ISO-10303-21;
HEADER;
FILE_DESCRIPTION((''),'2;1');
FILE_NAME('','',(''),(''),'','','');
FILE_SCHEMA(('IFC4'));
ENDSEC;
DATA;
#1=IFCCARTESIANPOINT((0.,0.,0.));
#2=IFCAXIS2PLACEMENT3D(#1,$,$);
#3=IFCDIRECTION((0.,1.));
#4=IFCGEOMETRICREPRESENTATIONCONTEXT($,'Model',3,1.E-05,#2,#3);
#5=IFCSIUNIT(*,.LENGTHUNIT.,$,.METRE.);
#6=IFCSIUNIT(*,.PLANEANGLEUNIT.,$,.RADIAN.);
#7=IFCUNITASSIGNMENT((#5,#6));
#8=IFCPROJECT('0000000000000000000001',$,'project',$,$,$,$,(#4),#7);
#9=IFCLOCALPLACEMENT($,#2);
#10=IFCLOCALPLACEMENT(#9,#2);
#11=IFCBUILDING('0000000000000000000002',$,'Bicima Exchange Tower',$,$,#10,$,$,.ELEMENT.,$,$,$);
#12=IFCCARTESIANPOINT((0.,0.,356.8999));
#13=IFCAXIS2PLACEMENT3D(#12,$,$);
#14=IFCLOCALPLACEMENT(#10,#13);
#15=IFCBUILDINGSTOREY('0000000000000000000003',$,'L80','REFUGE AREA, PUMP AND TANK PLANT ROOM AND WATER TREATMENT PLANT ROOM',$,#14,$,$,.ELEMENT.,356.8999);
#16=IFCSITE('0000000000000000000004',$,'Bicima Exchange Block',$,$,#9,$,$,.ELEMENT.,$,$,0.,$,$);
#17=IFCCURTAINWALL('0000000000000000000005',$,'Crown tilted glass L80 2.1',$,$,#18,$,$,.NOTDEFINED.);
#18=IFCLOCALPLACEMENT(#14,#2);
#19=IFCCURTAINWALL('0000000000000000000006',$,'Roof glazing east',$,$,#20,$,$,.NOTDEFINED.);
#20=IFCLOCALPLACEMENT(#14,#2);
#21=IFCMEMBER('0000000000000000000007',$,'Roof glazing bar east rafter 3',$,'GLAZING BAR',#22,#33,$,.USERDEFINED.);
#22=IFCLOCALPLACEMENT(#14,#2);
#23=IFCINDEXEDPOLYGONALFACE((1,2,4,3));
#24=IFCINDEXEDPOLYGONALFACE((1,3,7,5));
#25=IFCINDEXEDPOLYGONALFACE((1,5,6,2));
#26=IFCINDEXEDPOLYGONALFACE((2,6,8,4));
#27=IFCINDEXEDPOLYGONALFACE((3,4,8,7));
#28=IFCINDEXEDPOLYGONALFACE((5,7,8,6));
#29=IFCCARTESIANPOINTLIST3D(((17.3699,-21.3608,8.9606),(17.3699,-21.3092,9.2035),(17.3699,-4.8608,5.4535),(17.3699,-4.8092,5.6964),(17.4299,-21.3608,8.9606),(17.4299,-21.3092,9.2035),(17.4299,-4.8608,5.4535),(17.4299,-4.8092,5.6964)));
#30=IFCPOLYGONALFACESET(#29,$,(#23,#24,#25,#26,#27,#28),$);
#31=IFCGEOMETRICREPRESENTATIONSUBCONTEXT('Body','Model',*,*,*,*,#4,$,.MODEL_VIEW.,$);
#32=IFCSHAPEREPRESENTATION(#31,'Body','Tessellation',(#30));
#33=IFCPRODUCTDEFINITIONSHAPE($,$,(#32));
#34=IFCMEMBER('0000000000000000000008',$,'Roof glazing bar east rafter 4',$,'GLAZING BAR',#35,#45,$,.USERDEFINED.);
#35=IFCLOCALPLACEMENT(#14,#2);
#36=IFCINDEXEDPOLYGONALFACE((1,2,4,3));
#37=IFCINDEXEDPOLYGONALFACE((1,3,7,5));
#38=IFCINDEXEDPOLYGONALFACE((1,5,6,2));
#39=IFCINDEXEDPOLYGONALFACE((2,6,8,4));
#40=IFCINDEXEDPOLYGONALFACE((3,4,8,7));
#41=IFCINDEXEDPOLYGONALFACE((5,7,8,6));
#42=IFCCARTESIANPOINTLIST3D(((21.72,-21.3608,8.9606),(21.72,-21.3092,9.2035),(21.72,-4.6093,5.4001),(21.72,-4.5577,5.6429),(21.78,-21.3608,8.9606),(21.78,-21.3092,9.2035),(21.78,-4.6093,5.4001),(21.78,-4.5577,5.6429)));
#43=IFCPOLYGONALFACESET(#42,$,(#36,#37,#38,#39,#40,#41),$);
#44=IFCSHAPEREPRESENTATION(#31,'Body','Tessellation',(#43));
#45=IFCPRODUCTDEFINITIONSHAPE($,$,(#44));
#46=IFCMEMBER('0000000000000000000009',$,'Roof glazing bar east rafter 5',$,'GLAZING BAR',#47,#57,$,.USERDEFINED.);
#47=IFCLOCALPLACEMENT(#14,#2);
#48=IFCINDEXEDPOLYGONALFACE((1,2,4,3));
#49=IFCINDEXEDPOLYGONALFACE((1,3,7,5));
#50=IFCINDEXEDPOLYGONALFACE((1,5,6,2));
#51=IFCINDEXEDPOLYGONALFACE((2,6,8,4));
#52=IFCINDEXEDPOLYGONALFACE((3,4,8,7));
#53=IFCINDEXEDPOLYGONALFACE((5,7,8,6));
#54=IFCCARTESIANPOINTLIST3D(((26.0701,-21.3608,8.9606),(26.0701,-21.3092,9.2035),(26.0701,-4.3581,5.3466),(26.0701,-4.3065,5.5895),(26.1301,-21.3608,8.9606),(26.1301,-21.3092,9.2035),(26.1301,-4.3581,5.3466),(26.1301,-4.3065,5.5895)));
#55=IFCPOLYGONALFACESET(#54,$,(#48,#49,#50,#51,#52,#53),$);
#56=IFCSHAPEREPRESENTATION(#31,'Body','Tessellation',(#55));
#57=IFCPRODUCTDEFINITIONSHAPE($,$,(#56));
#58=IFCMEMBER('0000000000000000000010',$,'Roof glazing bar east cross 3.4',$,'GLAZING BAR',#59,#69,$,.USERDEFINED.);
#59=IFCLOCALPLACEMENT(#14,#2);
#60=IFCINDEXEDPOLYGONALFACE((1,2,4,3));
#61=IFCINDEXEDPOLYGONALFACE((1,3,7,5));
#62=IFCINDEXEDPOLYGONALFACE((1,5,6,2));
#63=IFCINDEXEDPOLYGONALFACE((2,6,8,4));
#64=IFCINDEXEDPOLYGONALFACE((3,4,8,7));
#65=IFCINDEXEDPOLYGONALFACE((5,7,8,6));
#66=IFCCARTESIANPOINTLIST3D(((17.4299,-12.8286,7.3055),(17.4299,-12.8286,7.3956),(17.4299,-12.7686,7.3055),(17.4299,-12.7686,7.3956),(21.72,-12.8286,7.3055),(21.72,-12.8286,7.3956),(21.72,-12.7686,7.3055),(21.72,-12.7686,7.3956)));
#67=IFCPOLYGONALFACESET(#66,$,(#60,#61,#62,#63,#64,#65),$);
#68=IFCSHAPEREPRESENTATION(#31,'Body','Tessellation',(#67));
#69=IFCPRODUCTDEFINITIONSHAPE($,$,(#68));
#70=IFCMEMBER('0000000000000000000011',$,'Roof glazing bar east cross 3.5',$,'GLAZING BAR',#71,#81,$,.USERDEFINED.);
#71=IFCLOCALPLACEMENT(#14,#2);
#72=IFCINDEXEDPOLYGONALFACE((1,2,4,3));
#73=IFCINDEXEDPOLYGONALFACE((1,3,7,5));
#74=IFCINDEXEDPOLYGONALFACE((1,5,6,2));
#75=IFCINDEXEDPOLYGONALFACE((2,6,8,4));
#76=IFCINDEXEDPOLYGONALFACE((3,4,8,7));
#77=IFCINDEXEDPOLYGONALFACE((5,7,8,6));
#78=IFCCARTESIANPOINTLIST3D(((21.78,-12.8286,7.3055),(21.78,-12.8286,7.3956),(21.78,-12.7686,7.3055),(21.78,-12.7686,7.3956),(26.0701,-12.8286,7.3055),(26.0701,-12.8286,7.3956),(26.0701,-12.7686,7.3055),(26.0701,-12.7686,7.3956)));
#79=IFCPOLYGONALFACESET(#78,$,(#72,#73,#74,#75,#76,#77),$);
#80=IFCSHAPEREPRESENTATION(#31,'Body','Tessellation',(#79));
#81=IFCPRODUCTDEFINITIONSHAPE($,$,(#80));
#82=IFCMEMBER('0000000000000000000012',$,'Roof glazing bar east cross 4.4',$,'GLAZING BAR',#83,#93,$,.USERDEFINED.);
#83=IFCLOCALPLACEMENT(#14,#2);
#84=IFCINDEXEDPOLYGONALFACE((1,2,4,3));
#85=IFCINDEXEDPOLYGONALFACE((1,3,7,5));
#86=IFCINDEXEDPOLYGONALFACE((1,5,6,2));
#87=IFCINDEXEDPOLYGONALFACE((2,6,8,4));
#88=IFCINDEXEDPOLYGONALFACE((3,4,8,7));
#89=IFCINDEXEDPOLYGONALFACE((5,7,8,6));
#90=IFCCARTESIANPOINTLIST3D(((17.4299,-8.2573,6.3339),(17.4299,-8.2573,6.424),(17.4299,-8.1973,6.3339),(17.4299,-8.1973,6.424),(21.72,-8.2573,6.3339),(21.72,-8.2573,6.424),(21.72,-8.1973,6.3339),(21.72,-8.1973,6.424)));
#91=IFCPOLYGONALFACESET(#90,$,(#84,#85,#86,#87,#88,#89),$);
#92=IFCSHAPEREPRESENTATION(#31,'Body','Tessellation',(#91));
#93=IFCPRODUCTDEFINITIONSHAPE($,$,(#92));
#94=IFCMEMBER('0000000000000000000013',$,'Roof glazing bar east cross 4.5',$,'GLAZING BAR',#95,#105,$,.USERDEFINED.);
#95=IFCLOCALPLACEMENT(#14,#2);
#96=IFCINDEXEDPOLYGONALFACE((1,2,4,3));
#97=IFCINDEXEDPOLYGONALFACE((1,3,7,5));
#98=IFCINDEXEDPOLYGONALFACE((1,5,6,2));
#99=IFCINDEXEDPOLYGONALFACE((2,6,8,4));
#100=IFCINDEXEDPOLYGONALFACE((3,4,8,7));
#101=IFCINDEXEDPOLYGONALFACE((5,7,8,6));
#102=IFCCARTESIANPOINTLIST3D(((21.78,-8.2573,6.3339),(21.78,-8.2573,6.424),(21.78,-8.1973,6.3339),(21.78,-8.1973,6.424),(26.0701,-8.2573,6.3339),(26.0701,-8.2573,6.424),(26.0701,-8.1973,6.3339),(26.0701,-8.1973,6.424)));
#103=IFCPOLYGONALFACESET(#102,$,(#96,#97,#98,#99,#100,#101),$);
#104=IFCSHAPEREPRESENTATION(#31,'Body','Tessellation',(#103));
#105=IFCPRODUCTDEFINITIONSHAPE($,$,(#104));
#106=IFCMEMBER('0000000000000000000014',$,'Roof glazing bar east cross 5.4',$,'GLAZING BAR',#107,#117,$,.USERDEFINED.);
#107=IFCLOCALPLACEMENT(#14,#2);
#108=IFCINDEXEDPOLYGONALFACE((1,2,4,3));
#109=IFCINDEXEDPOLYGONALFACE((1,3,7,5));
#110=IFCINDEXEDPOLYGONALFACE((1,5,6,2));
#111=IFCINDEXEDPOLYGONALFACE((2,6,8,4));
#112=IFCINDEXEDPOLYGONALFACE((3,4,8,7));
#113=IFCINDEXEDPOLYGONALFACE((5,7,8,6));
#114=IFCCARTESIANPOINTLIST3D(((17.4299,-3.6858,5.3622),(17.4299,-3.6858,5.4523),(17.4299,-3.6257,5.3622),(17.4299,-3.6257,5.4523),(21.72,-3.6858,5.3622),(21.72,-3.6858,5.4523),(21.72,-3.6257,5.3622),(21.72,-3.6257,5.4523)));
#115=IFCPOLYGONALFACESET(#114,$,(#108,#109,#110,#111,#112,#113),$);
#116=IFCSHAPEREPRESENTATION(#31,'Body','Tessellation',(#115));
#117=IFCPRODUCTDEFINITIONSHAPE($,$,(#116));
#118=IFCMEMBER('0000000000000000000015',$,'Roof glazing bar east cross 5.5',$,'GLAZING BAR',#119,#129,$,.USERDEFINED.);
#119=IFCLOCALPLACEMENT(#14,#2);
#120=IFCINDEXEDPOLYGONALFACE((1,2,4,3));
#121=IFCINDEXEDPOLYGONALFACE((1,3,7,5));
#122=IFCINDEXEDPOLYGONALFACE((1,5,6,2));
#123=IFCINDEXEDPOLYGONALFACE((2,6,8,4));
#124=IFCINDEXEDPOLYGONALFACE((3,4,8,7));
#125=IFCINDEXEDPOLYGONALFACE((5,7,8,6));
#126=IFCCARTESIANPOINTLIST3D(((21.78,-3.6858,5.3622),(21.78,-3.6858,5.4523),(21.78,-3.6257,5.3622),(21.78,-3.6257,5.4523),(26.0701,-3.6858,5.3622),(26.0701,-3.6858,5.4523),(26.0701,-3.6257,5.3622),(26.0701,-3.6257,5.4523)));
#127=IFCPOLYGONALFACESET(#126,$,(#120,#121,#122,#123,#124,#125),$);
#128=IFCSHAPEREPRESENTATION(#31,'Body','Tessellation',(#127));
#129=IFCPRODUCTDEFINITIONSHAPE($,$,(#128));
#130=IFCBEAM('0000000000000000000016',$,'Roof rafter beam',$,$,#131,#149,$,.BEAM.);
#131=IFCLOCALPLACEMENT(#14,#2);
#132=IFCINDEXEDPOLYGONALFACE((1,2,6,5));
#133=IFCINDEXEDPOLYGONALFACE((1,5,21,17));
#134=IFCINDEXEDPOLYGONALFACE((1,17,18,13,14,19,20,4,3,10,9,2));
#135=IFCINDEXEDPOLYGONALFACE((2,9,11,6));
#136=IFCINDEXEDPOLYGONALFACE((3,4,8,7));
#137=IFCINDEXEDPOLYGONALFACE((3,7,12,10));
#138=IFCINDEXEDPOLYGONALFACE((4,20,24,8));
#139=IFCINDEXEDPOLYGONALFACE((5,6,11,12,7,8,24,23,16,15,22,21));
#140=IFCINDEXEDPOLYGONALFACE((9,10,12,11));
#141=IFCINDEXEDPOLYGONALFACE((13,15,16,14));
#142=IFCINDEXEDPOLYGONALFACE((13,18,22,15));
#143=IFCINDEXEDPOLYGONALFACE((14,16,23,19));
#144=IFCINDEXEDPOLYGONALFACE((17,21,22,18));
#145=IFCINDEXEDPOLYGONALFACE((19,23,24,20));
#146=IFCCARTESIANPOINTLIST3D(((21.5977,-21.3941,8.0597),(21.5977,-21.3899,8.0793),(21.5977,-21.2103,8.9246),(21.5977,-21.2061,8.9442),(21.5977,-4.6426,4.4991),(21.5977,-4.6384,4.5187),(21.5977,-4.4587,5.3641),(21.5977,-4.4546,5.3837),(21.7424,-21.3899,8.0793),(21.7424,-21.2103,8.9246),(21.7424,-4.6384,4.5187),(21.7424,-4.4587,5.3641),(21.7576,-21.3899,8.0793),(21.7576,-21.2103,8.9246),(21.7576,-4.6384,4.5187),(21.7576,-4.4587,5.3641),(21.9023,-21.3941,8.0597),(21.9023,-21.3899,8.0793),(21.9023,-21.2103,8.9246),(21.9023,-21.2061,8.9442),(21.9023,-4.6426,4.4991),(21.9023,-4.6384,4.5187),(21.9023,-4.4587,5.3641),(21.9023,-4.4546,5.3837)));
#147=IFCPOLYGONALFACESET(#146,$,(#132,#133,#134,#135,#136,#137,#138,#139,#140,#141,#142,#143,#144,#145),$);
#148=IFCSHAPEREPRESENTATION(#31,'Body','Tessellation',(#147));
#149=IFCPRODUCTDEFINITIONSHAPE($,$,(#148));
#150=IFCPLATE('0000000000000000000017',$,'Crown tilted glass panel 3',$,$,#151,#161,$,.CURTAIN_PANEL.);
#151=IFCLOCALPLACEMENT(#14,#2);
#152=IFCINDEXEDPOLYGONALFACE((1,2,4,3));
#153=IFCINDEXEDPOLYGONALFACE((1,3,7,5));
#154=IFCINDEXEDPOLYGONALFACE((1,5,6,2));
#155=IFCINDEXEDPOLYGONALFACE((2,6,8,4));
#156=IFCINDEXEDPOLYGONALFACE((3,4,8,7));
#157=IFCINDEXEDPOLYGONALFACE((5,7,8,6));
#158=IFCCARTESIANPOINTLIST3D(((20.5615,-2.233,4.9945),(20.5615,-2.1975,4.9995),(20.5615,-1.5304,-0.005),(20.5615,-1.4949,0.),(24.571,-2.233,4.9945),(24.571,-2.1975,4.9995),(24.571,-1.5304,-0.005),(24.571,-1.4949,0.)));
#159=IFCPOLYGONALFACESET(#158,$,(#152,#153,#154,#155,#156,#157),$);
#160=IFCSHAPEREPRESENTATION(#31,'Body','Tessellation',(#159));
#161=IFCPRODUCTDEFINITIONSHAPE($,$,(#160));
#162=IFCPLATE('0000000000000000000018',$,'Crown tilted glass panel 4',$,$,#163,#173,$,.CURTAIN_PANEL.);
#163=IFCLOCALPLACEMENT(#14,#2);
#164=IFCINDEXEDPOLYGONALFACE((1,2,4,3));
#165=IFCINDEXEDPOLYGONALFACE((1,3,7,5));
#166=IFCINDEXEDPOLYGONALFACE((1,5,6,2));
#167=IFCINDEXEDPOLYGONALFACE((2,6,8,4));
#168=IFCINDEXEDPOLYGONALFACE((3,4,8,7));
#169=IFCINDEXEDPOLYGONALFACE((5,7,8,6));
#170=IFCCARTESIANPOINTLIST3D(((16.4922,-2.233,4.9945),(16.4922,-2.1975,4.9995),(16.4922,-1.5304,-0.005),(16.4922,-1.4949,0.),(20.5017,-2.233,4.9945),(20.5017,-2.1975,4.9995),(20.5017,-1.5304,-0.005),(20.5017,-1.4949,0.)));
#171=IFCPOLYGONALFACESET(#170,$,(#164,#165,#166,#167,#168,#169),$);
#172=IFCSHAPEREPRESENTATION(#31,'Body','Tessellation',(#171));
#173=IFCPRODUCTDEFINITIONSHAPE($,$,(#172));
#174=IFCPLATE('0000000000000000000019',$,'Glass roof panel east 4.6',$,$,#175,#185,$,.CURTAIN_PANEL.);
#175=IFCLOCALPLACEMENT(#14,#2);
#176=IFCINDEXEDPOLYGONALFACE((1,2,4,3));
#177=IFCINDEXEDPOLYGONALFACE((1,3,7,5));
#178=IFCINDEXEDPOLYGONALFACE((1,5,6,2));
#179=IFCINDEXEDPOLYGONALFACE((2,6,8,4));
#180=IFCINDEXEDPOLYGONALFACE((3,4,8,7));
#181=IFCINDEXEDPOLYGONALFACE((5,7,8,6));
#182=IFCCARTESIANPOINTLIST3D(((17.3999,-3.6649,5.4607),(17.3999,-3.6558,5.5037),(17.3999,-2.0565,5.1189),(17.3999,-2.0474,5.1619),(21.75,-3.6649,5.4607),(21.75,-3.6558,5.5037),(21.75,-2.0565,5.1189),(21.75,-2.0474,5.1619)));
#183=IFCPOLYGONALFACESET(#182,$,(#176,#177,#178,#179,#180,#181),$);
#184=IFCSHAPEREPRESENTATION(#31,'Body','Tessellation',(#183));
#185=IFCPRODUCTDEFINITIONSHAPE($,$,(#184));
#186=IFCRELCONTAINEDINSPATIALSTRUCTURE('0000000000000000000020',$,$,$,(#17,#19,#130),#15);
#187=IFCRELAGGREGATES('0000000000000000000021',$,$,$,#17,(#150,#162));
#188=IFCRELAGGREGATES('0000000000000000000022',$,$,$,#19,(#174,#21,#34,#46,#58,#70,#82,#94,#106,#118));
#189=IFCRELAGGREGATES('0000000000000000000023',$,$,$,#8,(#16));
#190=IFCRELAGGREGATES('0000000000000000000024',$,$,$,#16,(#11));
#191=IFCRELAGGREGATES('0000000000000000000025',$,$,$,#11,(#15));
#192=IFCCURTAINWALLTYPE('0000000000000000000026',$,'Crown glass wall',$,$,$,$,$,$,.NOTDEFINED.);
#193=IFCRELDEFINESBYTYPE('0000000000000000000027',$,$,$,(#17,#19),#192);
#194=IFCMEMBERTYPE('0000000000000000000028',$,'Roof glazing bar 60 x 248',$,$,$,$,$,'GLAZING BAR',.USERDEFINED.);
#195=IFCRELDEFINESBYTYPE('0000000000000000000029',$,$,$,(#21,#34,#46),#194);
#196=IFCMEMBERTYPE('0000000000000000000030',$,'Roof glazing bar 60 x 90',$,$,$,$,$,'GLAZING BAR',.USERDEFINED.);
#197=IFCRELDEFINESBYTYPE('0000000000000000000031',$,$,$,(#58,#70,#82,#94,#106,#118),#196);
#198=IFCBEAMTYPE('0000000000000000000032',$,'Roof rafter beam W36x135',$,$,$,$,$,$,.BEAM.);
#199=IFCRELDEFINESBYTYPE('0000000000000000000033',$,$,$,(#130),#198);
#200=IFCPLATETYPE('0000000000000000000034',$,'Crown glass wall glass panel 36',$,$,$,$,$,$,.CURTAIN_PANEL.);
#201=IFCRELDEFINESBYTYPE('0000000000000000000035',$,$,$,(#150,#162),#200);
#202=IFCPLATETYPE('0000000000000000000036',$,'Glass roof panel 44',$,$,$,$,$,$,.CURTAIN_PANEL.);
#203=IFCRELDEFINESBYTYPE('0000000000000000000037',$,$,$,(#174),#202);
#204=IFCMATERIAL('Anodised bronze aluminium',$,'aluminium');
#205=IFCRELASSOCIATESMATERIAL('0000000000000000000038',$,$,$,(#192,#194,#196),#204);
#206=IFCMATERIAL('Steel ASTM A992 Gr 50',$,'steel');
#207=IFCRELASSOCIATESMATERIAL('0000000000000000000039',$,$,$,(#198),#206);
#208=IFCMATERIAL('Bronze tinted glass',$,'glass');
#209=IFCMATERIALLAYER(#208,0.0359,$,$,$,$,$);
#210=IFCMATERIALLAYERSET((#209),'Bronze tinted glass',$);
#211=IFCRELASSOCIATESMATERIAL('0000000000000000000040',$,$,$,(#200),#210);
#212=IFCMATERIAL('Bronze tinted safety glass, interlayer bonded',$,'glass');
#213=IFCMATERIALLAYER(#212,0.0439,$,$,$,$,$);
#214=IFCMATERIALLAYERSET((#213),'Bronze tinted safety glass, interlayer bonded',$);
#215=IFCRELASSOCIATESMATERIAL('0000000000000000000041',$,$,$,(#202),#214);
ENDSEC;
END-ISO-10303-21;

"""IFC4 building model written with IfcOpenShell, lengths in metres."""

from ifc_helpers import new_model, si_unit, direction, frame, origin, origin_2d, place, context, subcontext, project, spatial, polyline, rectangle, i_section, outline, extrude, material, layer, layer_set, material_profile, profile_set, type_object, element, aggregate, save


model = new_model("IFC4")

# Units and contexts
model_context = context("Model", 3, precision=1e-05, world=origin(), true_north=direction((0.0, 1.0)))
body_context = subcontext(model_context, "Body", "Model", "MODEL_VIEW")
ifc_project = project(units=[si_unit("LENGTHUNIT", "METRE"), si_unit("PLANEANGLEUNIT", "RADIAN")], contexts=[model_context])

# Site, building, storey
site_placement = place(None, origin())
site = spatial("IfcSite", under=ifc_project, at=site_placement, Name="Bicima Exchange Block", CompositionType="ELEMENT", RefElevation=0.0)
building_placement = place(site_placement, origin())
building = spatial("IfcBuilding", under=site, at=building_placement, Name="Bicima Exchange Tower", CompositionType="ELEMENT")
storey_placement = place(building_placement, frame((0.0, 0.0, 356.8999)))
storey = spatial("IfcBuildingStorey", under=building, at=storey_placement, Name="L80", Description="REFUGE AREA, PUMP AND TANK PLANT ROOM AND WATER TREATMENT PLANT ROOM", CompositionType="ELEMENT", Elevation=356.8999)

# Shared definitions
ifc_material_1 = material(Name="Steel ASTM A992 Gr 50", Category="steel")

# Curtain wall
ifc_material_2 = material(Name="Anodised bronze aluminium", Category="aluminium")
curtain_wall_type = type_object("IfcCurtainWallType", Name="Crown glass wall", PredefinedType="NOTDEFINED", material=ifc_material_2)
curtain_wall_1_placement = place(storey_placement, origin())
curtain_wall_1 = element("IfcCurtainWall", 1, at=curtain_wall_1_placement, inside=storey, type_object=curtain_wall_type, Name="Crown tilted glass L80 2.1", PredefinedType="NOTDEFINED")

# Curtain wall, members
curtain_wall_2_placement = place(storey_placement, origin())
curtain_wall_2 = element("IfcCurtainWall", 2, at=curtain_wall_2_placement, inside=storey, type_object=curtain_wall_type, Name="Roof glazing east", PredefinedType="NOTDEFINED")
ifc_material_profile_1 = material_profile(ifc_material_2, rectangle(XDim=0.0601, YDim=0.2483, at=origin_2d()))
ifc_profile_set_1 = profile_set([ifc_material_profile_1], Name="Anodised bronze aluminium")
member_type_1 = type_object("IfcMemberType", Name="Roof glazing bar 60 x 248", ElementType="GLAZING BAR", PredefinedType="USERDEFINED", material=ifc_profile_set_1)
member_1_placement = place(storey_placement, frame((17.3999, -4.835, 5.575), z_axis=(0.0, -0.978149, 0.207906), x_axis=(1.0, 0.0, 0.0)))
member_1 = element("IfcMember", 3, at=member_1_placement, type_object=member_type_1, Name="Roof glazing bar east rafter 3", ObjectType="GLAZING BAR", PredefinedType="USERDEFINED", context=body_context, shape_type="SweptSolid", body=[
    extrude(rectangle(XDim=0.0601, YDim=0.2483, at=origin_2d()), origin(), (0.0, 0.0, 1.0), 16.8687),
])
member_2_placement = place(storey_placement, frame((21.75, -4.5835, 5.5215), z_axis=(0.0, -0.978149, 0.207907), x_axis=(1.0, 0.0, 0.0)))
member_2 = element("IfcMember", 4, at=member_2_placement, type_object=member_type_1, Name="Roof glazing bar east rafter 4", ObjectType="GLAZING BAR", PredefinedType="USERDEFINED", context=body_context, shape_type="SweptSolid", body=[
    extrude(rectangle(XDim=0.0601, YDim=0.2483, at=origin_2d()), origin(), (0.0, 0.0, 1.0), 17.1257),
])
member_3_placement = place(storey_placement, frame((26.1001, -4.3323, 5.468), z_axis=(0.0, -0.978148, 0.207911), x_axis=(1.0, 0.0, 0.0)))
member_3 = element("IfcMember", 5, at=member_3_placement, type_object=member_type_1, Name="Roof glazing bar east rafter 5", ObjectType="GLAZING BAR", PredefinedType="USERDEFINED", context=body_context, shape_type="SweptSolid", body=[
    extrude(rectangle(XDim=0.0601, YDim=0.2483, at=origin_2d()), origin(), (0.0, 0.0, 1.0), 17.3826),
])
ifc_material_profile_2 = material_profile(ifc_material_2, rectangle(XDim=0.0601, YDim=0.0901, at=origin_2d()))
ifc_profile_set_2 = profile_set([ifc_material_profile_2], Name="Anodised bronze aluminium")
member_type_2 = type_object("IfcMemberType", Name="Roof glazing bar 60 x 90", ElementType="GLAZING BAR", PredefinedType="USERDEFINED", material=ifc_profile_set_2)
member_4_placement = place(storey_placement, frame((17.4299, -12.7986, 7.3506), z_axis=(1.0, 0.0, 0.0), x_axis=(0.0, 1.0, 0.0)))
member_4 = element("IfcMember", 6, at=member_4_placement, type_object=member_type_2, Name="Roof glazing bar east cross 3.4", ObjectType="GLAZING BAR", PredefinedType="USERDEFINED", context=body_context, shape_type="SweptSolid", body=[
    extrude(rectangle(XDim=0.0601, YDim=0.0901, at=origin_2d()), origin(), (0.0, 0.0, 1.0), 4.29),
])
member_5_placement = place(storey_placement, frame((21.78, -12.7986, 7.3506), z_axis=(1.0, 0.0, 0.0), x_axis=(0.0, 1.0, 0.0)))
member_5 = element("IfcMember", 7, at=member_5_placement, type_object=member_type_2, Name="Roof glazing bar east cross 3.5", ObjectType="GLAZING BAR", PredefinedType="USERDEFINED", context=body_context, shape_type="SweptSolid", body=[
    extrude(rectangle(XDim=0.0601, YDim=0.0901, at=origin_2d()), origin(), (0.0, 0.0, 1.0), 4.29),
])
member_6_placement = place(storey_placement, frame((17.4299, -8.2273, 6.3789), z_axis=(1.0, 0.0, 0.0), x_axis=(0.0, 1.0, 0.0)))
member_6 = element("IfcMember", 8, at=member_6_placement, type_object=member_type_2, Name="Roof glazing bar east cross 4.4", ObjectType="GLAZING BAR", PredefinedType="USERDEFINED", context=body_context, shape_type="SweptSolid", body=[
    extrude(rectangle(XDim=0.0601, YDim=0.0901, at=origin_2d()), origin(), (0.0, 0.0, 1.0), 4.29),
])
member_7_placement = place(storey_placement, frame((21.78, -8.2273, 6.3789), z_axis=(1.0, 0.0, 0.0), x_axis=(0.0, 1.0, 0.0)))
member_7 = element("IfcMember", 9, at=member_7_placement, type_object=member_type_2, Name="Roof glazing bar east cross 4.5", ObjectType="GLAZING BAR", PredefinedType="USERDEFINED", context=body_context, shape_type="SweptSolid", body=[
    extrude(rectangle(XDim=0.0601, YDim=0.0901, at=origin_2d()), origin(), (0.0, 0.0, 1.0), 4.29),
])
member_8_placement = place(storey_placement, frame((17.4299, -3.6558, 5.4072), z_axis=(1.0, 0.0, 0.0), x_axis=(0.0, 1.0, 0.0)))
member_8 = element("IfcMember", 10, at=member_8_placement, type_object=member_type_2, Name="Roof glazing bar east cross 5.4", ObjectType="GLAZING BAR", PredefinedType="USERDEFINED", context=body_context, shape_type="SweptSolid", body=[
    extrude(rectangle(XDim=0.0601, YDim=0.0901, at=origin_2d()), origin(), (0.0, 0.0, 1.0), 4.29),
])
member_9_placement = place(storey_placement, frame((21.78, -3.6558, 5.4072), z_axis=(1.0, 0.0, 0.0), x_axis=(0.0, 1.0, 0.0)))
member_9 = element("IfcMember", 11, at=member_9_placement, type_object=member_type_2, Name="Roof glazing bar east cross 5.5", ObjectType="GLAZING BAR", PredefinedType="USERDEFINED", context=body_context, shape_type="SweptSolid", body=[
    extrude(rectangle(XDim=0.0601, YDim=0.0901, at=origin_2d()), origin(), (0.0, 0.0, 1.0), 4.29),
])

# Beam
ifc_material_profile_3 = material_profile(ifc_material_1, i_section(OverallWidth=0.3047, OverallDepth=0.9043, WebThickness=0.0151, FlangeThickness=0.02, at=origin_2d()))
ifc_profile_set_3 = profile_set([ifc_material_profile_3], Name="Steel ASTM A992 Gr 50")
beam_type_1 = type_object("IfcBeamType", Name="Roof rafter beam W36x135", PredefinedType="BEAM", material=ifc_profile_set_3)
beam_1_placement = place(storey_placement, frame((21.75, -4.5486, 4.9414), z_axis=(0.0, -0.978149, 0.207907), x_axis=(1.0, 0.0, 0.0)))
element("IfcBeam", 12, at=beam_1_placement, inside=storey, type_object=beam_type_1, Name="Roof rafter beam", PredefinedType="BEAM", context=body_context, shape_type="SweptSolid", body=[
    extrude(i_section(OverallWidth=0.3047, OverallDepth=0.9043, WebThickness=0.0151, FlangeThickness=0.02, at=origin_2d()), origin(), (0.0, 0.0, 1.0), 17.1257),
])

# Plates
ifc_material_3 = material(Name="Bronze tinted glass", Category="glass")
ifc_layer_1 = layer(ifc_material_3, 0.0359)
ifc_layer_set_1 = layer_set([ifc_layer_1], Name="Bronze tinted glass")
plate_type_1 = type_object("IfcPlateType", Name="Crown glass wall glass panel 36", PredefinedType="CURTAIN_PANEL", material=ifc_layer_set_1)
plate_1_placement = place(storey_placement, frame((24.571, -1.4949, 0.0), z_axis=(0.0, 0.990268, 0.139173), x_axis=(-1.0, 0.0, 0.0)))
plate_1 = element("IfcPlate", 13, at=plate_1_placement, type_object=plate_type_1, Name="Crown tilted glass panel 3", PredefinedType="CURTAIN_PANEL", context=body_context, shape_type="SweptSolid", body=[
    extrude(outline(polyline([(0.0, 0.0), (4.0095, 0.0), (4.0095, 5.0486), (0.0, 5.0486), (0.0, 0.0)])), origin(), (0.0, 0.0, -1.0), 0.0359),
])
plate_2_placement = place(storey_placement, frame((20.5017, -1.4949, 0.0), z_axis=(0.0, 0.990268, 0.139173), x_axis=(-1.0, 0.0, 0.0)))
plate_2 = element("IfcPlate", 14, at=plate_2_placement, type_object=plate_type_1, Name="Crown tilted glass panel 4", PredefinedType="CURTAIN_PANEL", context=body_context, shape_type="SweptSolid", body=[
    extrude(outline(polyline([(0.0, 0.0), (4.0095, 0.0), (4.0095, 5.0486), (0.0, 5.0486), (0.0, 0.0)])), origin(), (0.0, 0.0, -1.0), 0.0359),
])
aggregate(curtain_wall_1, [plate_1, plate_2])
ifc_material_4 = material(Name="Bronze tinted safety glass, interlayer bonded", Category="glass")
ifc_layer_2 = layer(ifc_material_4, 0.0439)
ifc_layer_set_2 = layer_set([ifc_layer_2], Name="Bronze tinted safety glass, interlayer bonded")
plate_type_2 = type_object("IfcPlateType", Name="Glass roof panel 44", PredefinedType="CURTAIN_PANEL", material=ifc_layer_set_2)
plate_3_placement = place(storey_placement, frame((21.75, -2.0474, 5.1619), z_axis=(0.0, 0.207866, 0.978157), x_axis=(0.0, -0.978157, 0.207866)))
plate_3 = element("IfcPlate", 15, at=plate_3_placement, type_object=plate_type_2, Name="Glass roof panel east 4.6", PredefinedType="CURTAIN_PANEL", context=body_context, shape_type="SweptSolid", body=[
    extrude(outline(polyline([(0.0, 0.0), (1.6443, 0.0), (1.6443, -4.3501), (0.0, -4.3501), (0.0, 0.0)])), origin(), (0.0, 0.0, -1.0), 0.0439),
])
aggregate(curtain_wall_2, [plate_3, member_1, member_2, member_3, member_4, member_5, member_6, member_7, member_8, member_9])

save(model, "model.ifc")
